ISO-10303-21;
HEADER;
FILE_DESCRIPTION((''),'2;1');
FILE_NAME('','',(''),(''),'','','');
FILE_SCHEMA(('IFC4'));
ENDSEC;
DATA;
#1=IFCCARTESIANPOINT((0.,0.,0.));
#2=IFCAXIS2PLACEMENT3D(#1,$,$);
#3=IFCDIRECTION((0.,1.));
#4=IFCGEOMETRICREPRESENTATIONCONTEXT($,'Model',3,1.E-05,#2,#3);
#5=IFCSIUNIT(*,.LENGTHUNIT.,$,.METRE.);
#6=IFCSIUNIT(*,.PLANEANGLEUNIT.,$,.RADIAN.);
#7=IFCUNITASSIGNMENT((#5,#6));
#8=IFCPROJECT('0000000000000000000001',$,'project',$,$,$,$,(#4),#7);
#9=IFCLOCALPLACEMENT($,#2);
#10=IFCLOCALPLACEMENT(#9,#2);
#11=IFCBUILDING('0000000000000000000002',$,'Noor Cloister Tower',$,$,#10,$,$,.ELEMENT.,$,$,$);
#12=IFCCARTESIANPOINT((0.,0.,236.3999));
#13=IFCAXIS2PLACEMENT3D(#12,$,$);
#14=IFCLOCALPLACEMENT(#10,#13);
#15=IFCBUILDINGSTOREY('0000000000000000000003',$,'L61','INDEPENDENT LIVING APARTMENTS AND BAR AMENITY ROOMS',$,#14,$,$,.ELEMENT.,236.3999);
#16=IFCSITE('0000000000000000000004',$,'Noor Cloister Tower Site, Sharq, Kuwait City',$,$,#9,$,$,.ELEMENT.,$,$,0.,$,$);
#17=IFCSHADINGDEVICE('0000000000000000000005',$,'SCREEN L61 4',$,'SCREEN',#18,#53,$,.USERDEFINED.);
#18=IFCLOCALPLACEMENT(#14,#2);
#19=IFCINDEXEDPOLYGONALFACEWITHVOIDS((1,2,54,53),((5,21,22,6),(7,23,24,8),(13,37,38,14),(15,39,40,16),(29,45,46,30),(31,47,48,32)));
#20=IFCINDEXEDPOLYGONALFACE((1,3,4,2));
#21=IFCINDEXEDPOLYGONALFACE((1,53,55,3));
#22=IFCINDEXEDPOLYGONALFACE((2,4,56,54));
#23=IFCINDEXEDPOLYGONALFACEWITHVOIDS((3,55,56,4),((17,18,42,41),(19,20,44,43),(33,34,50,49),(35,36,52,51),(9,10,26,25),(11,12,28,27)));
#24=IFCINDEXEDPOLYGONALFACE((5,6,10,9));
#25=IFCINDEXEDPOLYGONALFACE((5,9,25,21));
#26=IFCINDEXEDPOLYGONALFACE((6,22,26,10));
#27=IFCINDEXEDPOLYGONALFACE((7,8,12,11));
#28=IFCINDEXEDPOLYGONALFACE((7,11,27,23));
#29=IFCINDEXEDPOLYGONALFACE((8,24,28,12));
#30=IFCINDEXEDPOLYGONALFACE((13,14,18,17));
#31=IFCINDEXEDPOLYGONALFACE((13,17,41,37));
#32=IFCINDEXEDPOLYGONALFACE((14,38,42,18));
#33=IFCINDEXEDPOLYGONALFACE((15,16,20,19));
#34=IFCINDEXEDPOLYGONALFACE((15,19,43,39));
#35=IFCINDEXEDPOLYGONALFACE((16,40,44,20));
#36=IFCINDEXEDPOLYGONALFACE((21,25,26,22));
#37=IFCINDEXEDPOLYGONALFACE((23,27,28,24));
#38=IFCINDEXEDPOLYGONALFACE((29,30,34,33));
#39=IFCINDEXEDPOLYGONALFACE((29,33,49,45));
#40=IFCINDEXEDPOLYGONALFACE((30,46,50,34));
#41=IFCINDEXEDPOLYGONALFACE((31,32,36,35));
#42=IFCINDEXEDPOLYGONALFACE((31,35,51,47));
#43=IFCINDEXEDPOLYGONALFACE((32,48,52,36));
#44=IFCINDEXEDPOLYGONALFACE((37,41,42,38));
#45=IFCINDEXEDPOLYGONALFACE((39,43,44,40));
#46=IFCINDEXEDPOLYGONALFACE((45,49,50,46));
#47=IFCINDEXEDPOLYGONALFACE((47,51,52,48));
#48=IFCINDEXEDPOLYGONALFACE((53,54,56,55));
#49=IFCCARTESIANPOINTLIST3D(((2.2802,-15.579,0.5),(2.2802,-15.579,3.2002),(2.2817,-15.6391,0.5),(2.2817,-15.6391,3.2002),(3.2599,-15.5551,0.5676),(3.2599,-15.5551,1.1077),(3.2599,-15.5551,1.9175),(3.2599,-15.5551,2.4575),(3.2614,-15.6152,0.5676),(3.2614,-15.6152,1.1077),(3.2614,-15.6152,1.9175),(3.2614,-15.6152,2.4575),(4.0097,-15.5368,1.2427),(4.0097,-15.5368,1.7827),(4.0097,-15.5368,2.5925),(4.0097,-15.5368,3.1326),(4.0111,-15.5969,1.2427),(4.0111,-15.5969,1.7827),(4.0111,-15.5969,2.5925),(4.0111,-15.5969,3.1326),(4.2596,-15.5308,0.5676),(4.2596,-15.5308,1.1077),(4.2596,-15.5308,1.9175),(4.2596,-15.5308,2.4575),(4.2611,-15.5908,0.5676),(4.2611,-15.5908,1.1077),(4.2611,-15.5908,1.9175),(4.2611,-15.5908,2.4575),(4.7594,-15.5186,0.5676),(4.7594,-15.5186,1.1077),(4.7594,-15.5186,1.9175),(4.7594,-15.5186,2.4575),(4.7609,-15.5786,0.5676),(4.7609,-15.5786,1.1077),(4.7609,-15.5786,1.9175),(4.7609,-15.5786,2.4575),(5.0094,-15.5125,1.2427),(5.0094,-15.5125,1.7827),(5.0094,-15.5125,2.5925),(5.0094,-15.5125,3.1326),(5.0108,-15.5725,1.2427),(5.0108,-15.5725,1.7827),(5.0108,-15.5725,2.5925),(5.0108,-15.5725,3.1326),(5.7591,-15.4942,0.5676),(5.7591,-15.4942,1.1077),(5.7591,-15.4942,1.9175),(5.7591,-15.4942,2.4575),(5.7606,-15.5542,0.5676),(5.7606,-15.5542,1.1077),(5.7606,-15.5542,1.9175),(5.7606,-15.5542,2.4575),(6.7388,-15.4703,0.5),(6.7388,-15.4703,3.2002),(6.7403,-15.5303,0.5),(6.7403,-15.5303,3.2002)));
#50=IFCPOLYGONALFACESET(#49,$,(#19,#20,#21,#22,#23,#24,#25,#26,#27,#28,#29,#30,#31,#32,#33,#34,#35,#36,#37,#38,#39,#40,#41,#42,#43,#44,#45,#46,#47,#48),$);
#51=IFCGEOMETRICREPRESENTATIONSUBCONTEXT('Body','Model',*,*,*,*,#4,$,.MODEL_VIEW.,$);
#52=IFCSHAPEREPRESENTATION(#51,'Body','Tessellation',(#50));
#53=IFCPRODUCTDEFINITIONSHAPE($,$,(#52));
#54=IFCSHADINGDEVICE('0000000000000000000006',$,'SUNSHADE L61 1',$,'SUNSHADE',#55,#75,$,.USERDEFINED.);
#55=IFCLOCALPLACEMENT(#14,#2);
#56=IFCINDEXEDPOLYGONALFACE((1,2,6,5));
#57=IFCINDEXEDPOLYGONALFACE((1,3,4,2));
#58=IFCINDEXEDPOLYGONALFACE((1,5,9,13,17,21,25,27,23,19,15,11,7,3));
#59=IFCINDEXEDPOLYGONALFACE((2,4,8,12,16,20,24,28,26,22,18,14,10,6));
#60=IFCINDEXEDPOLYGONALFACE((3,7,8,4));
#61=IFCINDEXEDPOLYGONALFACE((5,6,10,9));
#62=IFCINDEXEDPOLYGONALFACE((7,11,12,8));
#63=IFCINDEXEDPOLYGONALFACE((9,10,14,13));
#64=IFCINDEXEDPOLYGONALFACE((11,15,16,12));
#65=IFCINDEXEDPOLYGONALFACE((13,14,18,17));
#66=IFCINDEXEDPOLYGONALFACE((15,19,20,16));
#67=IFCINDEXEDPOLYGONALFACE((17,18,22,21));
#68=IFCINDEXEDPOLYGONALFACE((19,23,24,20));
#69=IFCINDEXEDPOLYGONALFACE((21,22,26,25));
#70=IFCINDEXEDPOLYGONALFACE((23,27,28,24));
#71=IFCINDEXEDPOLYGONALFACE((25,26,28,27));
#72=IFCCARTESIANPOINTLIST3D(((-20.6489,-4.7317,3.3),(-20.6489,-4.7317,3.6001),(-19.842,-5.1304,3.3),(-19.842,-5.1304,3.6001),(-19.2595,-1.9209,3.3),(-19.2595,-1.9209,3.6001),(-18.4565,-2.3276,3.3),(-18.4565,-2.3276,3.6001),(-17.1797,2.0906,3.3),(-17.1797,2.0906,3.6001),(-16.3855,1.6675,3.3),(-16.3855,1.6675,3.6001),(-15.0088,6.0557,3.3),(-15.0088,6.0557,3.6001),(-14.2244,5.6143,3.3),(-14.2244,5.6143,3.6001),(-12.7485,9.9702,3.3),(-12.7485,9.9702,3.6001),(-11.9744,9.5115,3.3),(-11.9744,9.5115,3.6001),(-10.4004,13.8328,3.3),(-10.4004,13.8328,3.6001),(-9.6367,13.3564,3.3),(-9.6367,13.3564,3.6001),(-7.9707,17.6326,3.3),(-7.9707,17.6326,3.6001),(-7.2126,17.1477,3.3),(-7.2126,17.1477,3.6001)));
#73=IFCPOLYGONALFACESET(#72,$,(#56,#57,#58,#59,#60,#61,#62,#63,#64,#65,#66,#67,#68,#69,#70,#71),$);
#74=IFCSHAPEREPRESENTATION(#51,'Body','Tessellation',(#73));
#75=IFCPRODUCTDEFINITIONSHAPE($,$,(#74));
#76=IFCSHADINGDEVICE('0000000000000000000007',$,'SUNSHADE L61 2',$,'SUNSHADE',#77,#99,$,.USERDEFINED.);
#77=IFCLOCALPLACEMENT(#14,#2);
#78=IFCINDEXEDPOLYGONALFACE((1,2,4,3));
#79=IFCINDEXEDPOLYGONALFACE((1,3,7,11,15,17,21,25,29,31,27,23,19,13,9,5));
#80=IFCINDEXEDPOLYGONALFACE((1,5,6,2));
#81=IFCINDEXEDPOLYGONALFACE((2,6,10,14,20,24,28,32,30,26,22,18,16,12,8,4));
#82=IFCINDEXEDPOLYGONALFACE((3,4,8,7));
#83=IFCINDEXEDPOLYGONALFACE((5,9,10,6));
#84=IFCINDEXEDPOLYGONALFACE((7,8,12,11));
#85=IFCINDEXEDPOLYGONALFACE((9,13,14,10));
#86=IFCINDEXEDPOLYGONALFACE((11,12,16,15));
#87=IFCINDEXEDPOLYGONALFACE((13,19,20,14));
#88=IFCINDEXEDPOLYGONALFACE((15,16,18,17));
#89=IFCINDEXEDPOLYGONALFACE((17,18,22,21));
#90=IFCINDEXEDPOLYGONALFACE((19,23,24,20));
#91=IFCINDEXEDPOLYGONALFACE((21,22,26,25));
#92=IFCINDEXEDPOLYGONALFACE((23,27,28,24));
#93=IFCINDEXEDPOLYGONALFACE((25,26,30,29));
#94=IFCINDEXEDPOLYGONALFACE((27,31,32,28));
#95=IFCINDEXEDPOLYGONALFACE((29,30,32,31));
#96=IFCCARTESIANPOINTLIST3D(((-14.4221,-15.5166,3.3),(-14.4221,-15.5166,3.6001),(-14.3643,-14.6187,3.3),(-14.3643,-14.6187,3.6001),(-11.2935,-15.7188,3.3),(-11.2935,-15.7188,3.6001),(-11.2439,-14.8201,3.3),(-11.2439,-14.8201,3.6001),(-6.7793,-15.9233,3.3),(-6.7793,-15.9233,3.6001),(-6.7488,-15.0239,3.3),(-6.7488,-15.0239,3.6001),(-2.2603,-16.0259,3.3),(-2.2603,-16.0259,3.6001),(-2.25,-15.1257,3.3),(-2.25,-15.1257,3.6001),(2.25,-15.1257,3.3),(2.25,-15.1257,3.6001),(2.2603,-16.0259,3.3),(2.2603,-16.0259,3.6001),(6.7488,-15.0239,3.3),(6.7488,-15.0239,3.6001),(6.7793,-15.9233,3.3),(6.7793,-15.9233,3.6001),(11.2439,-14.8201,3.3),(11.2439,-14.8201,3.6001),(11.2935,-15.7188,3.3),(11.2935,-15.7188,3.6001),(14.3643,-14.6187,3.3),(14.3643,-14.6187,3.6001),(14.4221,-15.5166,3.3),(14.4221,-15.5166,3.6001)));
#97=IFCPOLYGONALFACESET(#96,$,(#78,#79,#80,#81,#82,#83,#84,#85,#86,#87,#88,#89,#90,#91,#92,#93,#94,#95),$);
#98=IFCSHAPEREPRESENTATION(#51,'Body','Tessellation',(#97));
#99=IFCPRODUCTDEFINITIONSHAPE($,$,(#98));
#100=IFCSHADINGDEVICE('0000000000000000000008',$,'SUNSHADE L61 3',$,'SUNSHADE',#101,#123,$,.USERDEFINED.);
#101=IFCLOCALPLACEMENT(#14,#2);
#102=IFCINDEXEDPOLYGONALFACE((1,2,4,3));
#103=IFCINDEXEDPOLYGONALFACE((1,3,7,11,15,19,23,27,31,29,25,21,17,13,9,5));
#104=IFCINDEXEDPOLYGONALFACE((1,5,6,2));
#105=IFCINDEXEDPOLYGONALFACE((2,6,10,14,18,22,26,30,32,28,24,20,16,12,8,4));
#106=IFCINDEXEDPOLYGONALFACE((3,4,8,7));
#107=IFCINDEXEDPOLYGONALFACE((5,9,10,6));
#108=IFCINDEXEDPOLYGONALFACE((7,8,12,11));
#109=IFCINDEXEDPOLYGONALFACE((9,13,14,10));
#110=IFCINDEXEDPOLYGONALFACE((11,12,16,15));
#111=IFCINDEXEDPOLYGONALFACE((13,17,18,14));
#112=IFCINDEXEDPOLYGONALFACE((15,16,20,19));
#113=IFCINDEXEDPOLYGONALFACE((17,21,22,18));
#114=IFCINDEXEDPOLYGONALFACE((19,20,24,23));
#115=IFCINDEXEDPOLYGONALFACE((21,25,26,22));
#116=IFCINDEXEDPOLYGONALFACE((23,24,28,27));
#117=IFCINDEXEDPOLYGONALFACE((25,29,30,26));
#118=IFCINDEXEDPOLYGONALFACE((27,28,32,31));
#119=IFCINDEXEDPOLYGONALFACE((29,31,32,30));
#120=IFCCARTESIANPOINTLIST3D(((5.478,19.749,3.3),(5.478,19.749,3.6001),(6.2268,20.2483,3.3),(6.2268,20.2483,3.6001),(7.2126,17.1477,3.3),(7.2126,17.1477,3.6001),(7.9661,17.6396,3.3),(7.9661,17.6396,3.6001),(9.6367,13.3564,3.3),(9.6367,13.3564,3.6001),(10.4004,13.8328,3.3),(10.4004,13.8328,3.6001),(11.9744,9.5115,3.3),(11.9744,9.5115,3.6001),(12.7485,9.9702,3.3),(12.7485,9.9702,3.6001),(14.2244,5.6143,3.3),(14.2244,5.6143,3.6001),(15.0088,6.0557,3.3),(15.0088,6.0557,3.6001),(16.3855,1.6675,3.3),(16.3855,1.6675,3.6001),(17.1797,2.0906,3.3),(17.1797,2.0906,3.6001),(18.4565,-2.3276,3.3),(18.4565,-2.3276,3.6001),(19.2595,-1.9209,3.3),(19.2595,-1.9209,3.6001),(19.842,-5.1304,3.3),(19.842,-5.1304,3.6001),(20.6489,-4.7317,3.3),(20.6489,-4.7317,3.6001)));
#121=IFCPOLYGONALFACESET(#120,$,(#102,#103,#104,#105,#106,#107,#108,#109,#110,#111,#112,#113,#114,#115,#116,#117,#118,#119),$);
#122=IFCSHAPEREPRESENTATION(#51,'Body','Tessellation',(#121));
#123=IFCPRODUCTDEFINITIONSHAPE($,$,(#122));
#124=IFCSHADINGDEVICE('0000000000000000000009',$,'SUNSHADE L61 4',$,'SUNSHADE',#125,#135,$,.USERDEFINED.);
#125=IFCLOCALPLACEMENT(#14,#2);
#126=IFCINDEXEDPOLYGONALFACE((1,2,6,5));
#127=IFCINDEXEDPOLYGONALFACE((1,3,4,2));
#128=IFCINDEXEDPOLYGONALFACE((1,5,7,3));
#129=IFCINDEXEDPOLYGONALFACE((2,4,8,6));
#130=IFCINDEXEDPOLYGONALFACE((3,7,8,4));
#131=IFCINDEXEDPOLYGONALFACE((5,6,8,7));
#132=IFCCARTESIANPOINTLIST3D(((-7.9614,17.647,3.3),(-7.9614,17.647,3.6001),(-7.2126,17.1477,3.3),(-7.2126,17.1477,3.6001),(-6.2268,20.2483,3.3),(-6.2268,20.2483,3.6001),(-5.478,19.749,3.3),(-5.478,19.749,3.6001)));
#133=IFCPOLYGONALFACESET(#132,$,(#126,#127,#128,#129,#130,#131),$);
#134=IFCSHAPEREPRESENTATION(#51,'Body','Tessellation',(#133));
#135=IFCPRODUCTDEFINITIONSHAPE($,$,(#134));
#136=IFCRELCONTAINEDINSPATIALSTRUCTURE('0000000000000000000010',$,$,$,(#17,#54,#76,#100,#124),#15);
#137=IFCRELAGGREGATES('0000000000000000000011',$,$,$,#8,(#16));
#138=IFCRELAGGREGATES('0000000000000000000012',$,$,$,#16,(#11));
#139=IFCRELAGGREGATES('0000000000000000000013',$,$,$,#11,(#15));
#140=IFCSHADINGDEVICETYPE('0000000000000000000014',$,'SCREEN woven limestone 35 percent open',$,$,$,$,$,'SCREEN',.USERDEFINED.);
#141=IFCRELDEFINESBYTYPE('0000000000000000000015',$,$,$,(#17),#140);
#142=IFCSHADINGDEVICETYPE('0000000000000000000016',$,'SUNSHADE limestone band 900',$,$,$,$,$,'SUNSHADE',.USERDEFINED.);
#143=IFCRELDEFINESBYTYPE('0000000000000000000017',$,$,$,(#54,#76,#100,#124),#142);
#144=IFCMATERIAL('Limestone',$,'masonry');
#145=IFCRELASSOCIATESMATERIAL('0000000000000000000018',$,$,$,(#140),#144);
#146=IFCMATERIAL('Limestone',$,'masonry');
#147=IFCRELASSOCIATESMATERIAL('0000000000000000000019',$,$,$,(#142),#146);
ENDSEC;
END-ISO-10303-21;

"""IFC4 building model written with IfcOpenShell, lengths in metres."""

from ifc_helpers import new_model, si_unit, direction, frame, origin, place, context, subcontext, project, spatial, polyline, outline, extrude, material, material_profile, profile_set, type_object, element, save


model = new_model("IFC4")

# Units and contexts
model_context = context("Model", 3, precision=1e-05, world=origin(), true_north=direction((0.0, 1.0)))
body_context = subcontext(model_context, "Body", "Model", "MODEL_VIEW")
ifc_project = project(units=[si_unit("LENGTHUNIT", "METRE"), si_unit("PLANEANGLEUNIT", "RADIAN")], contexts=[model_context])

# Site, building, storey
site_placement = place(None, origin())
site = spatial("IfcSite", under=ifc_project, at=site_placement, Name="Noor Cloister Tower Site, Sharq, Kuwait City", CompositionType="ELEMENT", RefElevation=0.0)
building_placement = place(site_placement, origin())
building = spatial("IfcBuilding", under=site, at=building_placement, Name="Noor Cloister Tower", CompositionType="ELEMENT")
storey_placement = place(building_placement, frame((0.0, 0.0, 236.3999)))
storey = spatial("IfcBuildingStorey", under=building, at=storey_placement, Name="L61", Description="INDEPENDENT LIVING APARTMENTS AND BAR AMENITY ROOMS", CompositionType="ELEMENT", Elevation=236.3999)

# Shading devices
ifc_material_1 = material(Name="Limestone", Category="masonry")
ifc_material_profile_1 = material_profile(ifc_material_1, outline(polyline([(-2.23, -1.3501), (2.23, -1.3501), (2.23, 1.3501), (-2.23, 1.3501), (-2.23, -1.3501)]), holes=[polyline([(-1.25, -1.2825), (-0.25, -1.2825), (-0.25, -0.7424), (-1.25, -0.7424), (-1.25, -1.2825)]), polyline([(0.25, -1.2825), (1.25, -1.2825), (1.25, -0.7424), (0.25, -0.7424), (0.25, -1.2825)]), polyline([(-0.5, -0.6074), (0.5, -0.6074), (0.5, -0.0674), (-0.5, -0.0674), (-0.5, -0.6074)]), polyline([(-1.25, 0.0674), (-0.25, 0.0674), (-0.25, 0.6074), (-1.25, 0.6074), (-1.25, 0.0674)]), polyline([(0.25, 0.0674), (1.25, 0.0674), (1.25, 0.6074), (0.25, 0.6074), (0.25, 0.0674)]), polyline([(-0.5, 0.7424), (0.5, 0.7424), (0.5, 1.2825), (-0.5, 1.2825), (-0.5, 0.7424)])]), Name="Woven screen 35 percent open")
ifc_profile_set_1 = profile_set([ifc_material_profile_1], Name="Limestone")
shading_device_type_1 = type_object("IfcShadingDeviceType", Name="SCREEN woven limestone 35 percent open", ElementType="SCREEN", PredefinedType="USERDEFINED", material=ifc_profile_set_1)
shading_device_1_placement = place(storey_placement, frame((4.5095, -15.5247, 1.8501), z_axis=(0.024383, -0.999703, 0.0), x_axis=(0.999703, 0.024383, 0.0)))
element("IfcShadingDevice", 1, at=shading_device_1_placement, inside=storey, type_object=shading_device_type_1, Name="SCREEN L61 4", ObjectType="SCREEN", PredefinedType="USERDEFINED", context=body_context, shape_type="SweptSolid", body=[
    extrude(outline(polyline([(-2.23, -1.3501), (2.23, -1.3501), (2.23, 1.3501), (-2.23, 1.3501), (-2.23, -1.3501)]), holes=[polyline([(-1.25, -1.2825), (-0.25, -1.2825), (-0.25, -0.7424), (-1.25, -0.7424), (-1.25, -1.2825)]), polyline([(0.25, -1.2825), (1.25, -1.2825), (1.25, -0.7424), (0.25, -0.7424), (0.25, -1.2825)]), polyline([(-0.5, -0.6074), (0.5, -0.6074), (0.5, -0.0674), (-0.5, -0.0674), (-0.5, -0.6074)]), polyline([(-1.25, 0.0674), (-0.25, 0.0674), (-0.25, 0.6074), (-1.25, 0.6074), (-1.25, 0.0674)]), polyline([(0.25, 0.0674), (1.25, 0.0674), (1.25, 0.6074), (0.25, 0.6074), (0.25, 0.0674)]), polyline([(-0.5, 0.7424), (0.5, 0.7424), (0.5, 1.2825), (-0.5, 1.2825), (-0.5, 0.7424)])]), origin(), (0.0, 0.0, 1.0), 0.0601),
])
ifc_material_2 = material(Name="Limestone", Category="masonry")
shading_device_type_2 = type_object("IfcShadingDeviceType", Name="SUNSHADE limestone band 900", ElementType="SUNSHADE", PredefinedType="USERDEFINED", material=ifc_material_2)
shading_device_2_placement = place(storey_placement, frame((0.0, 0.0, 3.3)))
element("IfcShadingDevice", 2, at=shading_device_2_placement, inside=storey, type_object=shading_device_type_2, Name="SUNSHADE L61 1", ObjectType="SUNSHADE", PredefinedType="USERDEFINED", context=body_context, shape_type="SweptSolid", body=[
    extrude(outline(polyline([(-7.9707, 17.6326), (-10.4004, 13.8328), (-12.7485, 9.9702), (-15.0088, 6.0557), (-17.1797, 2.0906), (-19.2595, -1.9209), (-20.6489, -4.7317), (-19.842, -5.1304), (-18.4565, -2.3276), (-16.3855, 1.6675), (-14.2244, 5.6143), (-11.9744, 9.5115), (-9.6367, 13.3564), (-7.2126, 17.1477), (-7.9707, 17.6326)])), origin(), (0.0, 0.0, 1.0), 0.3),
])
shading_device_3_placement = place(storey_placement, frame((0.0, 0.0, 3.3)))
element("IfcShadingDevice", 3, at=shading_device_3_placement, inside=storey, type_object=shading_device_type_2, Name="SUNSHADE L61 2", ObjectType="SUNSHADE", PredefinedType="USERDEFINED", context=body_context, shape_type="SweptSolid", body=[
    extrude(outline(polyline([(-14.4221, -15.5166), (-11.2935, -15.7188), (-6.7793, -15.9233), (-2.2603, -16.0259), (2.2603, -16.0259), (6.7793, -15.9233), (11.2935, -15.7188), (14.4221, -15.5166), (14.3643, -14.6187), (11.2439, -14.8201), (6.7488, -15.0239), (2.25, -15.1257), (-2.25, -15.1257), (-6.7488, -15.0239), (-11.2439, -14.8201), (-14.3643, -14.6187), (-14.4221, -15.5166)])), origin(), (0.0, 0.0, 1.0), 0.3),
])
shading_device_4_placement = place(storey_placement, frame((0.0, 0.0, 3.3)))
element("IfcShadingDevice", 4, at=shading_device_4_placement, inside=storey, type_object=shading_device_type_2, Name="SUNSHADE L61 3", ObjectType="SUNSHADE", PredefinedType="USERDEFINED", context=body_context, shape_type="SweptSolid", body=[
    extrude(outline(polyline([(20.6489, -4.7317), (19.2595, -1.9209), (17.1797, 2.0906), (15.0088, 6.0557), (12.7485, 9.9702), (10.4004, 13.8328), (7.9661, 17.6396), (6.2268, 20.2483), (5.478, 19.749), (7.2126, 17.1477), (9.6367, 13.3564), (11.9744, 9.5115), (14.2244, 5.6143), (16.3855, 1.6675), (18.4565, -2.3276), (19.842, -5.1304), (20.6489, -4.7317)])), origin(), (0.0, 0.0, 1.0), 0.3),
])
shading_device_5_placement = place(storey_placement, frame((0.0, 0.0, 3.3)))
element("IfcShadingDevice", 5, at=shading_device_5_placement, inside=storey, type_object=shading_device_type_2, Name="SUNSHADE L61 4", ObjectType="SUNSHADE", PredefinedType="USERDEFINED", context=body_context, shape_type="SweptSolid", body=[
    extrude(outline(polyline([(-6.2268, 20.2483), (-7.9614, 17.647), (-7.2126, 17.1477), (-5.478, 19.749), (-6.2268, 20.2483)])), origin(), (0.0, 0.0, 1.0), 0.3),
])

save(model, "model.ifc")
